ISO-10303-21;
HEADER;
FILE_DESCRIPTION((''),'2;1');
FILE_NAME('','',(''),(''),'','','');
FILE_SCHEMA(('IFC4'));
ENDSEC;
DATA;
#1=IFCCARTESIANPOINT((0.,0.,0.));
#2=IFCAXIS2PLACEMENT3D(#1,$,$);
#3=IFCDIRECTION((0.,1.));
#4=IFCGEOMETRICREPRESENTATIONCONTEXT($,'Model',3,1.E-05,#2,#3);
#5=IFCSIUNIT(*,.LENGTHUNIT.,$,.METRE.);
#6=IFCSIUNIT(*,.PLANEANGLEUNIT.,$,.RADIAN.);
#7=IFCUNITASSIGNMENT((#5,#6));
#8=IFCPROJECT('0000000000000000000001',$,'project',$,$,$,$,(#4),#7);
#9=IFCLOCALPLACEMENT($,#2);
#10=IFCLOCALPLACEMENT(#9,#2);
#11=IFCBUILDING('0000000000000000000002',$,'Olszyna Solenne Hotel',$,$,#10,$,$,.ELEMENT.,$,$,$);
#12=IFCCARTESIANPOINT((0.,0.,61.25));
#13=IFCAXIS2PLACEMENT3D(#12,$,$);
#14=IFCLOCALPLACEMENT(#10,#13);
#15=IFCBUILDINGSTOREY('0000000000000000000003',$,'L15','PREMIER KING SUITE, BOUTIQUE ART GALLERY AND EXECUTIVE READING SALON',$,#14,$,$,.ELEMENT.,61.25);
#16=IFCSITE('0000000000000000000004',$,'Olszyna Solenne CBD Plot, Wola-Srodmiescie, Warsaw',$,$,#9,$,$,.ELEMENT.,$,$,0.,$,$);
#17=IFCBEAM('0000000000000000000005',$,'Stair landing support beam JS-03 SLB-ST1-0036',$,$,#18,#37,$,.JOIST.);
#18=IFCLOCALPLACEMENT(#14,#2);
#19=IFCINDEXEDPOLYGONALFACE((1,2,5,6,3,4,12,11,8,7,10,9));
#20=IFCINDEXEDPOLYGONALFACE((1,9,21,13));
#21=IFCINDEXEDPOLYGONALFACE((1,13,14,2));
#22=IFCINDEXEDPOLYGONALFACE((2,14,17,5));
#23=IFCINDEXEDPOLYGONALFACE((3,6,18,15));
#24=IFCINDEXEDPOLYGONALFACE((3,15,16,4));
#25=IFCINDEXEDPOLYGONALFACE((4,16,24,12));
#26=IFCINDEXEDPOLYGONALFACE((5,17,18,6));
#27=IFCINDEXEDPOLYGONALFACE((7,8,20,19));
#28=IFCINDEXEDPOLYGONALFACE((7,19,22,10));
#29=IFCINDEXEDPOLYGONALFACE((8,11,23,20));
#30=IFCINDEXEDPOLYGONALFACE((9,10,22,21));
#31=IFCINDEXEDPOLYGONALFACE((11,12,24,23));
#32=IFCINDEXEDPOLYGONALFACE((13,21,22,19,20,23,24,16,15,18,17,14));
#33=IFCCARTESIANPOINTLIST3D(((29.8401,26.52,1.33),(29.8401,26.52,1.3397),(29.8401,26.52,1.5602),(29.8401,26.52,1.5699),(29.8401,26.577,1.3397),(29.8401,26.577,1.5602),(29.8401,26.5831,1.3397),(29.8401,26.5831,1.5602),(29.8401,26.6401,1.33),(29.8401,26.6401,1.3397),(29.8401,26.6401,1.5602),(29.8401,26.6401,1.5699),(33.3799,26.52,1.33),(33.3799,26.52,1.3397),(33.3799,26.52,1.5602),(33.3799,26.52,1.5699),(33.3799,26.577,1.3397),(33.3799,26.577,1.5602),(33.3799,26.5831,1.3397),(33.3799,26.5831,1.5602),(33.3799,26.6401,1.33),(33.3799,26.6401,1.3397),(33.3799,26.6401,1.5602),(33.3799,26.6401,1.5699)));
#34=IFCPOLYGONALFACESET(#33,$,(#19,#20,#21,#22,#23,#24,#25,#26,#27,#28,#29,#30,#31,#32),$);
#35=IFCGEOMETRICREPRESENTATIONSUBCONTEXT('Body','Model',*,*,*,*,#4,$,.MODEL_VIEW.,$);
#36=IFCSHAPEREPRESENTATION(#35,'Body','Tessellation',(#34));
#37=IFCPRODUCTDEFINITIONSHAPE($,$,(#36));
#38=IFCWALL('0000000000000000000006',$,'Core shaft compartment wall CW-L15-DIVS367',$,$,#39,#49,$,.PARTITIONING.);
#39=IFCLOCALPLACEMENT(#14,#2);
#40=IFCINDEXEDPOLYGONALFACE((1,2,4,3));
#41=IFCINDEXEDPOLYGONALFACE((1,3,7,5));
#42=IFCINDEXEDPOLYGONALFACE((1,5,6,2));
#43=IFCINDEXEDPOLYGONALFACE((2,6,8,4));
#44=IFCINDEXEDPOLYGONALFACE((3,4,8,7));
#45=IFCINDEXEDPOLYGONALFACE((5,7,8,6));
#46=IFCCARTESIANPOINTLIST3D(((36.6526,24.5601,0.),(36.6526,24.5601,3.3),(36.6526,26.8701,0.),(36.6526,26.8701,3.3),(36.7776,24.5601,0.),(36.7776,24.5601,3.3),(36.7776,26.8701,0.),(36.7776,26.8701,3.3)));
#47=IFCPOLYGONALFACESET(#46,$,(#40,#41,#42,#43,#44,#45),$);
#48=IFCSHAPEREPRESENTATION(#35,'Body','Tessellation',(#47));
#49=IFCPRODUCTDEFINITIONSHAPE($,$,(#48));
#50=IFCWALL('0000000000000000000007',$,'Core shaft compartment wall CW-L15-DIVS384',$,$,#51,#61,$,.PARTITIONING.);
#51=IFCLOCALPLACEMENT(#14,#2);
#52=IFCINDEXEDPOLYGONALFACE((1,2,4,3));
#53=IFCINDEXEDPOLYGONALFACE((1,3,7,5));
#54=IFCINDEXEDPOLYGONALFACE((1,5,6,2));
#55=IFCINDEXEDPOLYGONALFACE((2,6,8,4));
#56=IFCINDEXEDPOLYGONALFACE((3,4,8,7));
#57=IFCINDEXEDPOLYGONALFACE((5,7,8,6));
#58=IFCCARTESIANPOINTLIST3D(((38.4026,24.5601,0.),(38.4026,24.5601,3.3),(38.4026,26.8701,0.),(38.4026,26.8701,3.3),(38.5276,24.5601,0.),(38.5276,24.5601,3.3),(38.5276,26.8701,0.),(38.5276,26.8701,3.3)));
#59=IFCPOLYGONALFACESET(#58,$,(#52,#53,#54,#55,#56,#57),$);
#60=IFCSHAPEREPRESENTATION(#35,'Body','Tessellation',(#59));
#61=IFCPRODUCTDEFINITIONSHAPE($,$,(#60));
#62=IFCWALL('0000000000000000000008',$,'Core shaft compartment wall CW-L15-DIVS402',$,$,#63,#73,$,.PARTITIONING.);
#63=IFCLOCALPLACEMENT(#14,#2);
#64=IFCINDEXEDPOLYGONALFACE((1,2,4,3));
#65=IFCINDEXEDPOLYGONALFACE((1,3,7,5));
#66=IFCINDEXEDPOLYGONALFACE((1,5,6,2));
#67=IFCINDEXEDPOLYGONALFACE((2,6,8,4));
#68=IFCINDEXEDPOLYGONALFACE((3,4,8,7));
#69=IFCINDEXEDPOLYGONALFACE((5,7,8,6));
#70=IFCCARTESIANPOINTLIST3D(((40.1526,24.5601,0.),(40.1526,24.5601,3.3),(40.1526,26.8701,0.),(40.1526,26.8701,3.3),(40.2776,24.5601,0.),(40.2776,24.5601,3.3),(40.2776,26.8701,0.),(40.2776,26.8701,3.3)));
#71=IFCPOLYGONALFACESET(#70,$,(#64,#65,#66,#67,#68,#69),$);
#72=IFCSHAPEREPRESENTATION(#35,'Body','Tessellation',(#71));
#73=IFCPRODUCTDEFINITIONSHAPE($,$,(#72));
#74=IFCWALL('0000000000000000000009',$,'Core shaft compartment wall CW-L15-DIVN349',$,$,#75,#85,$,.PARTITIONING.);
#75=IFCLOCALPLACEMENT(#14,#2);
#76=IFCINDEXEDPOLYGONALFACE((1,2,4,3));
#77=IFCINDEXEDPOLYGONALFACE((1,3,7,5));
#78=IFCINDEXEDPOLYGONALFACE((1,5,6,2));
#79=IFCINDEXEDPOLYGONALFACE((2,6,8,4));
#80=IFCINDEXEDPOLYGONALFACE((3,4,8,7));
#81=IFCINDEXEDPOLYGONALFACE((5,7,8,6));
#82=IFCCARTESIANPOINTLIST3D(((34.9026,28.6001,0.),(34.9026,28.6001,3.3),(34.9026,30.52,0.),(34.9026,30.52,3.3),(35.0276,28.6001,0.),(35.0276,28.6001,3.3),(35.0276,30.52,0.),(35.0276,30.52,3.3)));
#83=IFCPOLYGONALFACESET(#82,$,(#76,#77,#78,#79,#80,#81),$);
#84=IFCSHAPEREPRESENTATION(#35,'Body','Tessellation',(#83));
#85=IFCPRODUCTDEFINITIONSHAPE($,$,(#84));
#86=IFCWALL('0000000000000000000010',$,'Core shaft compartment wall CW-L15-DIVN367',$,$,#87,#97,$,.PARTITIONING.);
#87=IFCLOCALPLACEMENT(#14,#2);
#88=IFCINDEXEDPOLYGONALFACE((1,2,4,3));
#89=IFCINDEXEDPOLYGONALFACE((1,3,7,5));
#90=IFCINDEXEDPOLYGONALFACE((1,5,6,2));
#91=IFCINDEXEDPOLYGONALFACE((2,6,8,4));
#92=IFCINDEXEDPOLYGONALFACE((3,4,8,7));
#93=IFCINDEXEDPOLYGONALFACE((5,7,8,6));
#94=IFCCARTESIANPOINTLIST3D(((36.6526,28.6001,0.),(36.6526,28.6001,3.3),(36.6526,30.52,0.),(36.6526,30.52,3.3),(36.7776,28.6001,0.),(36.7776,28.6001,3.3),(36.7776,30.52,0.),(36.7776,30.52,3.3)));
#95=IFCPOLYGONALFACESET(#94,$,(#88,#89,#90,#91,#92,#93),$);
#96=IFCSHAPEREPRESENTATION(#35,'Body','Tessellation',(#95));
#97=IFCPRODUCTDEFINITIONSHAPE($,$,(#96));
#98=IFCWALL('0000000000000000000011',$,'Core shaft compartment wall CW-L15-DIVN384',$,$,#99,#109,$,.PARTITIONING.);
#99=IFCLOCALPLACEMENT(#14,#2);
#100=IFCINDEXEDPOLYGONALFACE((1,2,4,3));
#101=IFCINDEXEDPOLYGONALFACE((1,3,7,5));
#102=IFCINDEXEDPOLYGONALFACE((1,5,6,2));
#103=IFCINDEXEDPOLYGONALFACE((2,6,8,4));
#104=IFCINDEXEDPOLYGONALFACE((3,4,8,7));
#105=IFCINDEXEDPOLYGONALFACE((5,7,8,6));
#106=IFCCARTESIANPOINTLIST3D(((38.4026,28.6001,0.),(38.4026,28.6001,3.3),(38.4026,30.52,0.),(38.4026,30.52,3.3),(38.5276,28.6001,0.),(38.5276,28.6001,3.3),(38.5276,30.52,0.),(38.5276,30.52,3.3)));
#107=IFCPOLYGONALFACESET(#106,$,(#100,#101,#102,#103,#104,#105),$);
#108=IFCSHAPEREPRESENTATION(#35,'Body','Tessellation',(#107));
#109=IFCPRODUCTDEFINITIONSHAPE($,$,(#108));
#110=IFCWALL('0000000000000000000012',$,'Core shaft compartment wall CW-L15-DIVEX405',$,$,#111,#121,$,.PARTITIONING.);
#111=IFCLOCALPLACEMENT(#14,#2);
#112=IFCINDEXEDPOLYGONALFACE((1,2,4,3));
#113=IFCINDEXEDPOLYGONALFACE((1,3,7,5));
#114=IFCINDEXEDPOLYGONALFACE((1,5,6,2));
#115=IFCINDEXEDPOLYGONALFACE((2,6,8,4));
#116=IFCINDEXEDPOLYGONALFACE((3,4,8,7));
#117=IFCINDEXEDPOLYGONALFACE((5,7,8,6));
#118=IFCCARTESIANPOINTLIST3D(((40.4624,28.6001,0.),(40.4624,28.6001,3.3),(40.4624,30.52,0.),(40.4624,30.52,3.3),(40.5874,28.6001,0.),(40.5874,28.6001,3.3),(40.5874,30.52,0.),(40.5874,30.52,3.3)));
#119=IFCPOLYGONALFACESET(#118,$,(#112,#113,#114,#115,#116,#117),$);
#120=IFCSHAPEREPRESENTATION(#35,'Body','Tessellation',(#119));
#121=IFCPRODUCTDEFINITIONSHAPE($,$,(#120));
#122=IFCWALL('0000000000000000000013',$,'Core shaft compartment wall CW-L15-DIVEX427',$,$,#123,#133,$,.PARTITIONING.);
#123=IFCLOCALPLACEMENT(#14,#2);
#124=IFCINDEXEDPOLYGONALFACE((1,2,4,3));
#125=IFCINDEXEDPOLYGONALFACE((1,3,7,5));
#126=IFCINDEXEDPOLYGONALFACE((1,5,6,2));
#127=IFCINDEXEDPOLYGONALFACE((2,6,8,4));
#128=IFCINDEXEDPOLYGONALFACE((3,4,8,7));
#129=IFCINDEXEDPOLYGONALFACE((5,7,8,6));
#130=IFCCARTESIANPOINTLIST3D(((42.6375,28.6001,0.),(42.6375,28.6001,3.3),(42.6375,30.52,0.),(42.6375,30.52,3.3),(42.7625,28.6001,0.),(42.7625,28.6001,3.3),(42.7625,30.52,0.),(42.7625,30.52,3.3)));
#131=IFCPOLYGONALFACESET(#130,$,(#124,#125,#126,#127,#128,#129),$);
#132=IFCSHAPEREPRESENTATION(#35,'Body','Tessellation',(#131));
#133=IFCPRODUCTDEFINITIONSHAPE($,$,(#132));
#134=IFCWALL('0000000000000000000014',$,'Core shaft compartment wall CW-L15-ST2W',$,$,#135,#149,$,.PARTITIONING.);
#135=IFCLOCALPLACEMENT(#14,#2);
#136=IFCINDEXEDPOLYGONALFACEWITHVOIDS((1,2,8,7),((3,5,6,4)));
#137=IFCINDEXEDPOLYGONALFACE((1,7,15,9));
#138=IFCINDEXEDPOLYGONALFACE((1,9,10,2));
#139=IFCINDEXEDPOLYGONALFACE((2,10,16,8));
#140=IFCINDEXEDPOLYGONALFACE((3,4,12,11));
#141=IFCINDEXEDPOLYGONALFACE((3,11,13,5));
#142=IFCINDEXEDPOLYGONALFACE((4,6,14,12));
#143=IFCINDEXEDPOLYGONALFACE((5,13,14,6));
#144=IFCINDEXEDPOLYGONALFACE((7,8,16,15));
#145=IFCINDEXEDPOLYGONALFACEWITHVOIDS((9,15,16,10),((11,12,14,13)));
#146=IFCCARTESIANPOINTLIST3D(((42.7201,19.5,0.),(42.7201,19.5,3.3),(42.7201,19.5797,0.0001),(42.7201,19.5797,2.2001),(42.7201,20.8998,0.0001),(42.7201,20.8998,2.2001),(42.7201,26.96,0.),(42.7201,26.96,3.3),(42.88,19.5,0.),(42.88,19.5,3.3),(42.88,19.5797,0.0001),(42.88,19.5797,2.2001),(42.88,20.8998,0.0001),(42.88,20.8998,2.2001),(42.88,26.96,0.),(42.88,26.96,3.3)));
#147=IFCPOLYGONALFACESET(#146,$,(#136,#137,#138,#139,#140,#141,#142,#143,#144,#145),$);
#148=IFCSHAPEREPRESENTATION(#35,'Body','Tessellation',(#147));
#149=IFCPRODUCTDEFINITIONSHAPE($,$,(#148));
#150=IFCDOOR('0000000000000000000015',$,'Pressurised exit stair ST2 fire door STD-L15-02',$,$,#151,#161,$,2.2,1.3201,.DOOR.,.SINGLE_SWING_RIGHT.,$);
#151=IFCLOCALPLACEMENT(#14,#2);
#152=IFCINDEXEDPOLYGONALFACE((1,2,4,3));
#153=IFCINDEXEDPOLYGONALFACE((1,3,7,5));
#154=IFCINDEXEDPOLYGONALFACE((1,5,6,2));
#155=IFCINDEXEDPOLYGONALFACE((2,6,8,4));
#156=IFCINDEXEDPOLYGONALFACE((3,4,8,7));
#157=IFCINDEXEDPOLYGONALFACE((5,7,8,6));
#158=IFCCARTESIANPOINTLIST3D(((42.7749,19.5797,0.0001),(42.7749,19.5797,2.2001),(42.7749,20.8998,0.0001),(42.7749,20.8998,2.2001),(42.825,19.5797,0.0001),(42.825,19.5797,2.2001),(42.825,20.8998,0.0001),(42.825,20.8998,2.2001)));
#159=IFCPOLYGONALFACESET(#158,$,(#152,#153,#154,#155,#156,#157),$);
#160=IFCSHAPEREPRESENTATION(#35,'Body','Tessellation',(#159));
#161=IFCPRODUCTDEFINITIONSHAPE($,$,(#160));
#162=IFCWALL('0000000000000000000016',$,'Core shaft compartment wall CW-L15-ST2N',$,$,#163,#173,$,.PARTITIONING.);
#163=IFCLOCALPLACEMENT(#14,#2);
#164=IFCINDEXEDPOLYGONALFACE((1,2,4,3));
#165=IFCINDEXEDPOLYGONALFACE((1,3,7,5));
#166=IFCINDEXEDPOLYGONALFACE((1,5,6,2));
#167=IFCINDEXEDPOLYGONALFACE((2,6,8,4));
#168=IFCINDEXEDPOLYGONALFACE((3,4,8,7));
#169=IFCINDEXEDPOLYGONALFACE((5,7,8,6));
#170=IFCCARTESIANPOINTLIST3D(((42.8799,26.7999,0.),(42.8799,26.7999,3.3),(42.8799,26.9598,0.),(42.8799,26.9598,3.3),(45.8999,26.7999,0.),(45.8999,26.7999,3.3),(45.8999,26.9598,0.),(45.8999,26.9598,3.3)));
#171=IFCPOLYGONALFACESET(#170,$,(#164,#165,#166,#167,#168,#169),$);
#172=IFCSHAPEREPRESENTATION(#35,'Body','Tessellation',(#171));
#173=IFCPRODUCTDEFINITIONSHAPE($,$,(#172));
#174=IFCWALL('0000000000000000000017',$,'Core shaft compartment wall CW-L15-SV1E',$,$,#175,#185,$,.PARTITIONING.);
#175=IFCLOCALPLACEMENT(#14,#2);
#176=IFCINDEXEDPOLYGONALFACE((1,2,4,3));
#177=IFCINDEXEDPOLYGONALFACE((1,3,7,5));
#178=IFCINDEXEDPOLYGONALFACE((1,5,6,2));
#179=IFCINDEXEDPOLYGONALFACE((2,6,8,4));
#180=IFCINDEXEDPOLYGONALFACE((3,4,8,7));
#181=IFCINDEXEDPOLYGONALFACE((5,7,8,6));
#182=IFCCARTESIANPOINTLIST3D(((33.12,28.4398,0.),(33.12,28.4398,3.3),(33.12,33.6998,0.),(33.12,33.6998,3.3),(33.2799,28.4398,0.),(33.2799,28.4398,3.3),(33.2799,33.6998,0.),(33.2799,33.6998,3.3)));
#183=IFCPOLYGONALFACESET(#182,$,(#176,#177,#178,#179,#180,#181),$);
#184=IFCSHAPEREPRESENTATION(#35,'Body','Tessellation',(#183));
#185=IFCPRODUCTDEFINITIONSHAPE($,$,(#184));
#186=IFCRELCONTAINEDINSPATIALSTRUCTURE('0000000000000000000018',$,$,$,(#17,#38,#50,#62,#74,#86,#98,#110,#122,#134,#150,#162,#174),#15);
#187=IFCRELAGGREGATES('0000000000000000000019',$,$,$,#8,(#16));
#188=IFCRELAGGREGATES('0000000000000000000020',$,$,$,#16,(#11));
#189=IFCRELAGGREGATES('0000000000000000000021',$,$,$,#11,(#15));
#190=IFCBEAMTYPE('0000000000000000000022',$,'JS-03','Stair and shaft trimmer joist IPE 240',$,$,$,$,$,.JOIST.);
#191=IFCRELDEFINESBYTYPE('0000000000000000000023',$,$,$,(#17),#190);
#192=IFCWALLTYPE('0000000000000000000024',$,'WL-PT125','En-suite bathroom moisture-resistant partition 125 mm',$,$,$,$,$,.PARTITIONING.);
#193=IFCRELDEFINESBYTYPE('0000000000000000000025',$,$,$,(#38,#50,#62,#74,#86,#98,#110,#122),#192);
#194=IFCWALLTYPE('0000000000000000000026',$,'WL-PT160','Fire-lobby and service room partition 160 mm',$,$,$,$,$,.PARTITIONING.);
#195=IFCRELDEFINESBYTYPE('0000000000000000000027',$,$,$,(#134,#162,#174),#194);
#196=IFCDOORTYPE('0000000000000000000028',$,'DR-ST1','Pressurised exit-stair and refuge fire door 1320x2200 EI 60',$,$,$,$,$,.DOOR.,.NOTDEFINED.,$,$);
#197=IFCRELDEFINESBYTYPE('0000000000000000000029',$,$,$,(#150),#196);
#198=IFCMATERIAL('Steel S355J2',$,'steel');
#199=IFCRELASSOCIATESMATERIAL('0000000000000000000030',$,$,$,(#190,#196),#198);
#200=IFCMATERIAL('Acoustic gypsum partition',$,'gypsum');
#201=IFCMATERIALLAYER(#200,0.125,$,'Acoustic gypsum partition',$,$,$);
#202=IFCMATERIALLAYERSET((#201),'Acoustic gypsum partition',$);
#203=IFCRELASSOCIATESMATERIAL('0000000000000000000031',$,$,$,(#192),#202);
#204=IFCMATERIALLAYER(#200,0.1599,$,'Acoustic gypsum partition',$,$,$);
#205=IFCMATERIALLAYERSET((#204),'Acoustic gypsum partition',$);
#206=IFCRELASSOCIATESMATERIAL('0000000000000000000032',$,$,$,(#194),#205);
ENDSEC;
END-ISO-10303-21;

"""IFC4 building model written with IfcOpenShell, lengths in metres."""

from ifc_helpers import new_model, si_unit, direction, frame, frame_2d, origin, origin_2d, place, context, subcontext, project, spatial, rectangle, i_section, extrude, source, transform, mapped, material, layer, layer_set, material_profile, profile_set, type_object, type_shapes, element, fill, save


model = new_model("IFC4")

# Units and contexts
model_context = context("Model", 3, precision=1e-05, world=origin(), true_north=direction((0.0, 1.0)))
body_context = subcontext(model_context, "Body", "Model", "MODEL_VIEW")
ifc_project = project(units=[si_unit("LENGTHUNIT", "METRE"), si_unit("PLANEANGLEUNIT", "RADIAN")], contexts=[model_context])

# Site, building, storey
site_placement = place(None, origin())
site = spatial("IfcSite", under=ifc_project, at=site_placement, Name="Olszyna Solenne CBD Plot, Wola-Srodmiescie, Warsaw", CompositionType="ELEMENT", RefElevation=0.0)
building_placement = place(site_placement, origin())
building = spatial("IfcBuilding", under=site, at=building_placement, Name="Olszyna Solenne Hotel", CompositionType="ELEMENT")
storey_placement = place(building_placement, frame((0.0, 0.0, 61.25)))
storey = spatial("IfcBuildingStorey", under=building, at=storey_placement, Name="L15", Description="PREMIER KING SUITE, BOUTIQUE ART GALLERY AND EXECUTIVE READING SALON", CompositionType="ELEMENT", Elevation=61.25)

# Beam
ifc_material_1 = material(Name="Steel S355J2", Category="steel")
ifc_material_profile = material_profile(ifc_material_1, i_section(OverallWidth=0.1201, OverallDepth=0.24, WebThickness=0.0061, FlangeThickness=0.0098, at=origin_2d()), Name="IPE 240", Category="load-bearing")
ifc_profile_set = profile_set([ifc_material_profile], Name="Steel S355J2")
beam_type = type_object("IfcBeamType", Name="JS-03", Description="Stair and shaft trimmer joist IPE 240", PredefinedType="JOIST", material=ifc_profile_set)
shared_shape_1 = source(origin(), body_context, "Body", "SweptSolid", [
    extrude(i_section(OverallWidth=0.1201, OverallDepth=0.24, WebThickness=0.0061, FlangeThickness=0.0098, at=origin_2d()), origin(), (0.0, 0.0, 1.0), 3.5398),
])
beam_placement = place(storey_placement, frame((33.3799, 26.5801, 1.45), z_axis=(-1.0, 0.0, 0.0), x_axis=(0.0, -1.0, 0.0)))
element("IfcBeam", 1, at=beam_placement, inside=storey, type_object=beam_type, Name="Stair landing support beam JS-03 SLB-ST1-0036", PredefinedType="JOIST", context=body_context, shape_type="MappedRepresentation", body=[
    mapped(shared_shape_1, transform((0.0, 0.0, 0.0), x_axis=(1.0, 0.0, 0.0), y_axis=(0.0, 1.0, 0.0), z_axis=(0.0, 0.0, 1.0), scale=1.0)),
])

# Walls
ifc_material_2 = material(Name="Acoustic gypsum partition", Category="gypsum")
ifc_layer_1 = layer(ifc_material_2, 0.125, Name="Acoustic gypsum partition")
ifc_layer_set_1 = layer_set([ifc_layer_1], Name="Acoustic gypsum partition")
wall_type_1 = type_object("IfcWallType", Name="WL-PT125", Description="En-suite bathroom moisture-resistant partition 125 mm", PredefinedType="PARTITIONING", material=ifc_layer_set_1)
for number, where, z_axis, x_axis, name in (
    (2, (36.7151, 24.5601, 0.0), (0.0, 0.0, 1.0), (0.0, 1.0, 0.0), "Core shaft compartment wall CW-L15-DIVS367"),
    (3, (38.4651, 24.5601, 0.0), (0.0, 0.0, 1.0), (0.0, 1.0, 0.0), "Core shaft compartment wall CW-L15-DIVS384"),
    (4, (40.2151, 24.5601, 0.0), (0.0, 0.0, 1.0), (0.0, 1.0, 0.0), "Core shaft compartment wall CW-L15-DIVS402"),
):
    element("IfcWall", number, at=place(storey_placement, frame(where, z_axis=z_axis, x_axis=x_axis)), inside=storey, type_object=wall_type_1, Name=name, PredefinedType="PARTITIONING", context=body_context, shape_type="SweptSolid", body=[
        extrude(rectangle(XDim=2.3101, YDim=0.125, at=frame_2d((1.155, 0.0))), origin(), (0.0, 0.0, 1.0), 3.3),
    ])
for number, where, z_axis, x_axis, name in (
    (5, (34.9651, 28.6001, 0.0), (0.0, 0.0, 1.0), (0.0, 1.0, 0.0), "Core shaft compartment wall CW-L15-DIVN349"),
    (6, (36.7151, 28.6001, 0.0), (0.0, 0.0, 1.0), (0.0, 1.0, 0.0), "Core shaft compartment wall CW-L15-DIVN367"),
    (7, (38.4651, 28.6001, 0.0), (0.0, 0.0, 1.0), (0.0, 1.0, 0.0), "Core shaft compartment wall CW-L15-DIVN384"),
    (8, (40.5249, 28.6001, 0.0), (0.0, 0.0, 1.0), (0.0, 1.0, 0.0), "Core shaft compartment wall CW-L15-DIVEX405"),
    (9, (42.7, 28.6001, 0.0), (0.0, 0.0, 1.0), (0.0, 1.0, 0.0), "Core shaft compartment wall CW-L15-DIVEX427"),
):
    element("IfcWall", number, at=place(storey_placement, frame(where, z_axis=z_axis, x_axis=x_axis)), inside=storey, type_object=wall_type_1, Name=name, PredefinedType="PARTITIONING", context=body_context, shape_type="SweptSolid", body=[
        extrude(rectangle(XDim=1.9199, YDim=0.125, at=frame_2d((0.96, 0.0))), origin(), (0.0, 0.0, 1.0), 3.3),
    ])

# Wall, opening, door
ifc_layer_2 = layer(ifc_material_2, 0.1599, Name="Acoustic gypsum partition")
ifc_layer_set_2 = layer_set([ifc_layer_2], Name="Acoustic gypsum partition")
wall_type_2 = type_object("IfcWallType", Name="WL-PT160", Description="Fire-lobby and service room partition 160 mm", PredefinedType="PARTITIONING", material=ifc_layer_set_2)
wall_1_placement = place(storey_placement, frame((42.8, 26.96, 0.0), z_axis=(0.0, 0.0, 1.0), x_axis=(0.0, -1.0, 0.0)))
wall_1 = element("IfcWall", 10, at=wall_1_placement, inside=storey, type_object=wall_type_2, Name="Core shaft compartment wall CW-L15-ST2W", PredefinedType="PARTITIONING", context=body_context, shape_type="SweptSolid", body=[
    extrude(rectangle(XDim=7.46, YDim=0.1599, at=frame_2d((3.73, 0.0))), origin(), (0.0, 0.0, 1.0), 3.3),
])
opening_1_placement = place(wall_1_placement, frame((6.0601, 0.0, 0.0)))
opening_1 = element("IfcOpeningElement", 11, at=opening_1_placement, cuts=wall_1, PredefinedType="OPENING", context=body_context, shape_type="SweptSolid", body=[
    extrude(rectangle(XDim=1.3201, YDim=2.2, at=frame_2d((0.6602, 1.1001))), frame((0.0, 0.0898, 0.0), z_axis=(0.0, -1.0, 0.0), x_axis=(1.0, 0.0, 0.0)), (0.0, 0.0, 1.0), 0.1799),
])
door_type_1 = type_object("IfcDoorType", Name="DR-ST1", Description="Pressurised exit-stair and refuge fire door 1320x2200 EI 60", OperationType="NOTDEFINED", PredefinedType="DOOR", material=ifc_material_1)
shared_shape_2 = source(origin(), body_context, "Body", "SweptSolid", [
    extrude(rectangle(XDim=1.3201, YDim=2.2, at=frame_2d((0.6602, 1.1001))), frame((0.0, 0.0249, 0.0), z_axis=(0.0, -1.0, 0.0), x_axis=(1.0, 0.0, 0.0)), (0.0, 0.0, 1.0), 0.05),
])
type_shapes(door_type_1, [shared_shape_2])
door_1_placement = place(opening_1_placement, origin())
door_1 = element("IfcDoor", 12, at=door_1_placement, inside=storey, type_object=door_type_1, Name="Pressurised exit stair ST2 fire door STD-L15-02", OperationType="SINGLE_SWING_RIGHT", OverallHeight=2.2, OverallWidth=1.3201, PredefinedType="DOOR", context=body_context, shape_type="MappedRepresentation", body=[
    mapped(shared_shape_2, transform((0.0, 0.0, 0.0), x_axis=(1.0, 0.0, 0.0), y_axis=(0.0, 1.0, 0.0), z_axis=(0.0, 0.0, 1.0), scale=1.0)),
])
fill(opening_1, door_1)

# Walls
wall_2_placement = place(storey_placement, frame((42.8799, 26.8799, 0.0), z_axis=(0.0, 0.0, 1.0), x_axis=(1.0, 0.0, 0.0)))
element("IfcWall", 13, at=wall_2_placement, inside=storey, type_object=wall_type_2, Name="Core shaft compartment wall CW-L15-ST2N", PredefinedType="PARTITIONING", context=body_context, shape_type="SweptSolid", body=[
    extrude(rectangle(XDim=3.02, YDim=0.1599, at=frame_2d((1.51, 0.0))), origin(), (0.0, 0.0, 1.0), 3.3),
])
wall_3_placement = place(storey_placement, frame((33.2, 28.4399, 0.0), z_axis=(0.0, 0.0, 1.0), x_axis=(0.0, 1.0, 0.0)))
element("IfcWall", 14, at=wall_3_placement, inside=storey, type_object=wall_type_2, Name="Core shaft compartment wall CW-L15-SV1E", PredefinedType="PARTITIONING", context=body_context, shape_type="SweptSolid", body=[
    extrude(rectangle(XDim=5.26, YDim=0.1599, at=frame_2d((2.6299, 0.0))), origin(), (0.0, 0.0, 1.0), 3.3),
])

save(model, "model.ifc")
